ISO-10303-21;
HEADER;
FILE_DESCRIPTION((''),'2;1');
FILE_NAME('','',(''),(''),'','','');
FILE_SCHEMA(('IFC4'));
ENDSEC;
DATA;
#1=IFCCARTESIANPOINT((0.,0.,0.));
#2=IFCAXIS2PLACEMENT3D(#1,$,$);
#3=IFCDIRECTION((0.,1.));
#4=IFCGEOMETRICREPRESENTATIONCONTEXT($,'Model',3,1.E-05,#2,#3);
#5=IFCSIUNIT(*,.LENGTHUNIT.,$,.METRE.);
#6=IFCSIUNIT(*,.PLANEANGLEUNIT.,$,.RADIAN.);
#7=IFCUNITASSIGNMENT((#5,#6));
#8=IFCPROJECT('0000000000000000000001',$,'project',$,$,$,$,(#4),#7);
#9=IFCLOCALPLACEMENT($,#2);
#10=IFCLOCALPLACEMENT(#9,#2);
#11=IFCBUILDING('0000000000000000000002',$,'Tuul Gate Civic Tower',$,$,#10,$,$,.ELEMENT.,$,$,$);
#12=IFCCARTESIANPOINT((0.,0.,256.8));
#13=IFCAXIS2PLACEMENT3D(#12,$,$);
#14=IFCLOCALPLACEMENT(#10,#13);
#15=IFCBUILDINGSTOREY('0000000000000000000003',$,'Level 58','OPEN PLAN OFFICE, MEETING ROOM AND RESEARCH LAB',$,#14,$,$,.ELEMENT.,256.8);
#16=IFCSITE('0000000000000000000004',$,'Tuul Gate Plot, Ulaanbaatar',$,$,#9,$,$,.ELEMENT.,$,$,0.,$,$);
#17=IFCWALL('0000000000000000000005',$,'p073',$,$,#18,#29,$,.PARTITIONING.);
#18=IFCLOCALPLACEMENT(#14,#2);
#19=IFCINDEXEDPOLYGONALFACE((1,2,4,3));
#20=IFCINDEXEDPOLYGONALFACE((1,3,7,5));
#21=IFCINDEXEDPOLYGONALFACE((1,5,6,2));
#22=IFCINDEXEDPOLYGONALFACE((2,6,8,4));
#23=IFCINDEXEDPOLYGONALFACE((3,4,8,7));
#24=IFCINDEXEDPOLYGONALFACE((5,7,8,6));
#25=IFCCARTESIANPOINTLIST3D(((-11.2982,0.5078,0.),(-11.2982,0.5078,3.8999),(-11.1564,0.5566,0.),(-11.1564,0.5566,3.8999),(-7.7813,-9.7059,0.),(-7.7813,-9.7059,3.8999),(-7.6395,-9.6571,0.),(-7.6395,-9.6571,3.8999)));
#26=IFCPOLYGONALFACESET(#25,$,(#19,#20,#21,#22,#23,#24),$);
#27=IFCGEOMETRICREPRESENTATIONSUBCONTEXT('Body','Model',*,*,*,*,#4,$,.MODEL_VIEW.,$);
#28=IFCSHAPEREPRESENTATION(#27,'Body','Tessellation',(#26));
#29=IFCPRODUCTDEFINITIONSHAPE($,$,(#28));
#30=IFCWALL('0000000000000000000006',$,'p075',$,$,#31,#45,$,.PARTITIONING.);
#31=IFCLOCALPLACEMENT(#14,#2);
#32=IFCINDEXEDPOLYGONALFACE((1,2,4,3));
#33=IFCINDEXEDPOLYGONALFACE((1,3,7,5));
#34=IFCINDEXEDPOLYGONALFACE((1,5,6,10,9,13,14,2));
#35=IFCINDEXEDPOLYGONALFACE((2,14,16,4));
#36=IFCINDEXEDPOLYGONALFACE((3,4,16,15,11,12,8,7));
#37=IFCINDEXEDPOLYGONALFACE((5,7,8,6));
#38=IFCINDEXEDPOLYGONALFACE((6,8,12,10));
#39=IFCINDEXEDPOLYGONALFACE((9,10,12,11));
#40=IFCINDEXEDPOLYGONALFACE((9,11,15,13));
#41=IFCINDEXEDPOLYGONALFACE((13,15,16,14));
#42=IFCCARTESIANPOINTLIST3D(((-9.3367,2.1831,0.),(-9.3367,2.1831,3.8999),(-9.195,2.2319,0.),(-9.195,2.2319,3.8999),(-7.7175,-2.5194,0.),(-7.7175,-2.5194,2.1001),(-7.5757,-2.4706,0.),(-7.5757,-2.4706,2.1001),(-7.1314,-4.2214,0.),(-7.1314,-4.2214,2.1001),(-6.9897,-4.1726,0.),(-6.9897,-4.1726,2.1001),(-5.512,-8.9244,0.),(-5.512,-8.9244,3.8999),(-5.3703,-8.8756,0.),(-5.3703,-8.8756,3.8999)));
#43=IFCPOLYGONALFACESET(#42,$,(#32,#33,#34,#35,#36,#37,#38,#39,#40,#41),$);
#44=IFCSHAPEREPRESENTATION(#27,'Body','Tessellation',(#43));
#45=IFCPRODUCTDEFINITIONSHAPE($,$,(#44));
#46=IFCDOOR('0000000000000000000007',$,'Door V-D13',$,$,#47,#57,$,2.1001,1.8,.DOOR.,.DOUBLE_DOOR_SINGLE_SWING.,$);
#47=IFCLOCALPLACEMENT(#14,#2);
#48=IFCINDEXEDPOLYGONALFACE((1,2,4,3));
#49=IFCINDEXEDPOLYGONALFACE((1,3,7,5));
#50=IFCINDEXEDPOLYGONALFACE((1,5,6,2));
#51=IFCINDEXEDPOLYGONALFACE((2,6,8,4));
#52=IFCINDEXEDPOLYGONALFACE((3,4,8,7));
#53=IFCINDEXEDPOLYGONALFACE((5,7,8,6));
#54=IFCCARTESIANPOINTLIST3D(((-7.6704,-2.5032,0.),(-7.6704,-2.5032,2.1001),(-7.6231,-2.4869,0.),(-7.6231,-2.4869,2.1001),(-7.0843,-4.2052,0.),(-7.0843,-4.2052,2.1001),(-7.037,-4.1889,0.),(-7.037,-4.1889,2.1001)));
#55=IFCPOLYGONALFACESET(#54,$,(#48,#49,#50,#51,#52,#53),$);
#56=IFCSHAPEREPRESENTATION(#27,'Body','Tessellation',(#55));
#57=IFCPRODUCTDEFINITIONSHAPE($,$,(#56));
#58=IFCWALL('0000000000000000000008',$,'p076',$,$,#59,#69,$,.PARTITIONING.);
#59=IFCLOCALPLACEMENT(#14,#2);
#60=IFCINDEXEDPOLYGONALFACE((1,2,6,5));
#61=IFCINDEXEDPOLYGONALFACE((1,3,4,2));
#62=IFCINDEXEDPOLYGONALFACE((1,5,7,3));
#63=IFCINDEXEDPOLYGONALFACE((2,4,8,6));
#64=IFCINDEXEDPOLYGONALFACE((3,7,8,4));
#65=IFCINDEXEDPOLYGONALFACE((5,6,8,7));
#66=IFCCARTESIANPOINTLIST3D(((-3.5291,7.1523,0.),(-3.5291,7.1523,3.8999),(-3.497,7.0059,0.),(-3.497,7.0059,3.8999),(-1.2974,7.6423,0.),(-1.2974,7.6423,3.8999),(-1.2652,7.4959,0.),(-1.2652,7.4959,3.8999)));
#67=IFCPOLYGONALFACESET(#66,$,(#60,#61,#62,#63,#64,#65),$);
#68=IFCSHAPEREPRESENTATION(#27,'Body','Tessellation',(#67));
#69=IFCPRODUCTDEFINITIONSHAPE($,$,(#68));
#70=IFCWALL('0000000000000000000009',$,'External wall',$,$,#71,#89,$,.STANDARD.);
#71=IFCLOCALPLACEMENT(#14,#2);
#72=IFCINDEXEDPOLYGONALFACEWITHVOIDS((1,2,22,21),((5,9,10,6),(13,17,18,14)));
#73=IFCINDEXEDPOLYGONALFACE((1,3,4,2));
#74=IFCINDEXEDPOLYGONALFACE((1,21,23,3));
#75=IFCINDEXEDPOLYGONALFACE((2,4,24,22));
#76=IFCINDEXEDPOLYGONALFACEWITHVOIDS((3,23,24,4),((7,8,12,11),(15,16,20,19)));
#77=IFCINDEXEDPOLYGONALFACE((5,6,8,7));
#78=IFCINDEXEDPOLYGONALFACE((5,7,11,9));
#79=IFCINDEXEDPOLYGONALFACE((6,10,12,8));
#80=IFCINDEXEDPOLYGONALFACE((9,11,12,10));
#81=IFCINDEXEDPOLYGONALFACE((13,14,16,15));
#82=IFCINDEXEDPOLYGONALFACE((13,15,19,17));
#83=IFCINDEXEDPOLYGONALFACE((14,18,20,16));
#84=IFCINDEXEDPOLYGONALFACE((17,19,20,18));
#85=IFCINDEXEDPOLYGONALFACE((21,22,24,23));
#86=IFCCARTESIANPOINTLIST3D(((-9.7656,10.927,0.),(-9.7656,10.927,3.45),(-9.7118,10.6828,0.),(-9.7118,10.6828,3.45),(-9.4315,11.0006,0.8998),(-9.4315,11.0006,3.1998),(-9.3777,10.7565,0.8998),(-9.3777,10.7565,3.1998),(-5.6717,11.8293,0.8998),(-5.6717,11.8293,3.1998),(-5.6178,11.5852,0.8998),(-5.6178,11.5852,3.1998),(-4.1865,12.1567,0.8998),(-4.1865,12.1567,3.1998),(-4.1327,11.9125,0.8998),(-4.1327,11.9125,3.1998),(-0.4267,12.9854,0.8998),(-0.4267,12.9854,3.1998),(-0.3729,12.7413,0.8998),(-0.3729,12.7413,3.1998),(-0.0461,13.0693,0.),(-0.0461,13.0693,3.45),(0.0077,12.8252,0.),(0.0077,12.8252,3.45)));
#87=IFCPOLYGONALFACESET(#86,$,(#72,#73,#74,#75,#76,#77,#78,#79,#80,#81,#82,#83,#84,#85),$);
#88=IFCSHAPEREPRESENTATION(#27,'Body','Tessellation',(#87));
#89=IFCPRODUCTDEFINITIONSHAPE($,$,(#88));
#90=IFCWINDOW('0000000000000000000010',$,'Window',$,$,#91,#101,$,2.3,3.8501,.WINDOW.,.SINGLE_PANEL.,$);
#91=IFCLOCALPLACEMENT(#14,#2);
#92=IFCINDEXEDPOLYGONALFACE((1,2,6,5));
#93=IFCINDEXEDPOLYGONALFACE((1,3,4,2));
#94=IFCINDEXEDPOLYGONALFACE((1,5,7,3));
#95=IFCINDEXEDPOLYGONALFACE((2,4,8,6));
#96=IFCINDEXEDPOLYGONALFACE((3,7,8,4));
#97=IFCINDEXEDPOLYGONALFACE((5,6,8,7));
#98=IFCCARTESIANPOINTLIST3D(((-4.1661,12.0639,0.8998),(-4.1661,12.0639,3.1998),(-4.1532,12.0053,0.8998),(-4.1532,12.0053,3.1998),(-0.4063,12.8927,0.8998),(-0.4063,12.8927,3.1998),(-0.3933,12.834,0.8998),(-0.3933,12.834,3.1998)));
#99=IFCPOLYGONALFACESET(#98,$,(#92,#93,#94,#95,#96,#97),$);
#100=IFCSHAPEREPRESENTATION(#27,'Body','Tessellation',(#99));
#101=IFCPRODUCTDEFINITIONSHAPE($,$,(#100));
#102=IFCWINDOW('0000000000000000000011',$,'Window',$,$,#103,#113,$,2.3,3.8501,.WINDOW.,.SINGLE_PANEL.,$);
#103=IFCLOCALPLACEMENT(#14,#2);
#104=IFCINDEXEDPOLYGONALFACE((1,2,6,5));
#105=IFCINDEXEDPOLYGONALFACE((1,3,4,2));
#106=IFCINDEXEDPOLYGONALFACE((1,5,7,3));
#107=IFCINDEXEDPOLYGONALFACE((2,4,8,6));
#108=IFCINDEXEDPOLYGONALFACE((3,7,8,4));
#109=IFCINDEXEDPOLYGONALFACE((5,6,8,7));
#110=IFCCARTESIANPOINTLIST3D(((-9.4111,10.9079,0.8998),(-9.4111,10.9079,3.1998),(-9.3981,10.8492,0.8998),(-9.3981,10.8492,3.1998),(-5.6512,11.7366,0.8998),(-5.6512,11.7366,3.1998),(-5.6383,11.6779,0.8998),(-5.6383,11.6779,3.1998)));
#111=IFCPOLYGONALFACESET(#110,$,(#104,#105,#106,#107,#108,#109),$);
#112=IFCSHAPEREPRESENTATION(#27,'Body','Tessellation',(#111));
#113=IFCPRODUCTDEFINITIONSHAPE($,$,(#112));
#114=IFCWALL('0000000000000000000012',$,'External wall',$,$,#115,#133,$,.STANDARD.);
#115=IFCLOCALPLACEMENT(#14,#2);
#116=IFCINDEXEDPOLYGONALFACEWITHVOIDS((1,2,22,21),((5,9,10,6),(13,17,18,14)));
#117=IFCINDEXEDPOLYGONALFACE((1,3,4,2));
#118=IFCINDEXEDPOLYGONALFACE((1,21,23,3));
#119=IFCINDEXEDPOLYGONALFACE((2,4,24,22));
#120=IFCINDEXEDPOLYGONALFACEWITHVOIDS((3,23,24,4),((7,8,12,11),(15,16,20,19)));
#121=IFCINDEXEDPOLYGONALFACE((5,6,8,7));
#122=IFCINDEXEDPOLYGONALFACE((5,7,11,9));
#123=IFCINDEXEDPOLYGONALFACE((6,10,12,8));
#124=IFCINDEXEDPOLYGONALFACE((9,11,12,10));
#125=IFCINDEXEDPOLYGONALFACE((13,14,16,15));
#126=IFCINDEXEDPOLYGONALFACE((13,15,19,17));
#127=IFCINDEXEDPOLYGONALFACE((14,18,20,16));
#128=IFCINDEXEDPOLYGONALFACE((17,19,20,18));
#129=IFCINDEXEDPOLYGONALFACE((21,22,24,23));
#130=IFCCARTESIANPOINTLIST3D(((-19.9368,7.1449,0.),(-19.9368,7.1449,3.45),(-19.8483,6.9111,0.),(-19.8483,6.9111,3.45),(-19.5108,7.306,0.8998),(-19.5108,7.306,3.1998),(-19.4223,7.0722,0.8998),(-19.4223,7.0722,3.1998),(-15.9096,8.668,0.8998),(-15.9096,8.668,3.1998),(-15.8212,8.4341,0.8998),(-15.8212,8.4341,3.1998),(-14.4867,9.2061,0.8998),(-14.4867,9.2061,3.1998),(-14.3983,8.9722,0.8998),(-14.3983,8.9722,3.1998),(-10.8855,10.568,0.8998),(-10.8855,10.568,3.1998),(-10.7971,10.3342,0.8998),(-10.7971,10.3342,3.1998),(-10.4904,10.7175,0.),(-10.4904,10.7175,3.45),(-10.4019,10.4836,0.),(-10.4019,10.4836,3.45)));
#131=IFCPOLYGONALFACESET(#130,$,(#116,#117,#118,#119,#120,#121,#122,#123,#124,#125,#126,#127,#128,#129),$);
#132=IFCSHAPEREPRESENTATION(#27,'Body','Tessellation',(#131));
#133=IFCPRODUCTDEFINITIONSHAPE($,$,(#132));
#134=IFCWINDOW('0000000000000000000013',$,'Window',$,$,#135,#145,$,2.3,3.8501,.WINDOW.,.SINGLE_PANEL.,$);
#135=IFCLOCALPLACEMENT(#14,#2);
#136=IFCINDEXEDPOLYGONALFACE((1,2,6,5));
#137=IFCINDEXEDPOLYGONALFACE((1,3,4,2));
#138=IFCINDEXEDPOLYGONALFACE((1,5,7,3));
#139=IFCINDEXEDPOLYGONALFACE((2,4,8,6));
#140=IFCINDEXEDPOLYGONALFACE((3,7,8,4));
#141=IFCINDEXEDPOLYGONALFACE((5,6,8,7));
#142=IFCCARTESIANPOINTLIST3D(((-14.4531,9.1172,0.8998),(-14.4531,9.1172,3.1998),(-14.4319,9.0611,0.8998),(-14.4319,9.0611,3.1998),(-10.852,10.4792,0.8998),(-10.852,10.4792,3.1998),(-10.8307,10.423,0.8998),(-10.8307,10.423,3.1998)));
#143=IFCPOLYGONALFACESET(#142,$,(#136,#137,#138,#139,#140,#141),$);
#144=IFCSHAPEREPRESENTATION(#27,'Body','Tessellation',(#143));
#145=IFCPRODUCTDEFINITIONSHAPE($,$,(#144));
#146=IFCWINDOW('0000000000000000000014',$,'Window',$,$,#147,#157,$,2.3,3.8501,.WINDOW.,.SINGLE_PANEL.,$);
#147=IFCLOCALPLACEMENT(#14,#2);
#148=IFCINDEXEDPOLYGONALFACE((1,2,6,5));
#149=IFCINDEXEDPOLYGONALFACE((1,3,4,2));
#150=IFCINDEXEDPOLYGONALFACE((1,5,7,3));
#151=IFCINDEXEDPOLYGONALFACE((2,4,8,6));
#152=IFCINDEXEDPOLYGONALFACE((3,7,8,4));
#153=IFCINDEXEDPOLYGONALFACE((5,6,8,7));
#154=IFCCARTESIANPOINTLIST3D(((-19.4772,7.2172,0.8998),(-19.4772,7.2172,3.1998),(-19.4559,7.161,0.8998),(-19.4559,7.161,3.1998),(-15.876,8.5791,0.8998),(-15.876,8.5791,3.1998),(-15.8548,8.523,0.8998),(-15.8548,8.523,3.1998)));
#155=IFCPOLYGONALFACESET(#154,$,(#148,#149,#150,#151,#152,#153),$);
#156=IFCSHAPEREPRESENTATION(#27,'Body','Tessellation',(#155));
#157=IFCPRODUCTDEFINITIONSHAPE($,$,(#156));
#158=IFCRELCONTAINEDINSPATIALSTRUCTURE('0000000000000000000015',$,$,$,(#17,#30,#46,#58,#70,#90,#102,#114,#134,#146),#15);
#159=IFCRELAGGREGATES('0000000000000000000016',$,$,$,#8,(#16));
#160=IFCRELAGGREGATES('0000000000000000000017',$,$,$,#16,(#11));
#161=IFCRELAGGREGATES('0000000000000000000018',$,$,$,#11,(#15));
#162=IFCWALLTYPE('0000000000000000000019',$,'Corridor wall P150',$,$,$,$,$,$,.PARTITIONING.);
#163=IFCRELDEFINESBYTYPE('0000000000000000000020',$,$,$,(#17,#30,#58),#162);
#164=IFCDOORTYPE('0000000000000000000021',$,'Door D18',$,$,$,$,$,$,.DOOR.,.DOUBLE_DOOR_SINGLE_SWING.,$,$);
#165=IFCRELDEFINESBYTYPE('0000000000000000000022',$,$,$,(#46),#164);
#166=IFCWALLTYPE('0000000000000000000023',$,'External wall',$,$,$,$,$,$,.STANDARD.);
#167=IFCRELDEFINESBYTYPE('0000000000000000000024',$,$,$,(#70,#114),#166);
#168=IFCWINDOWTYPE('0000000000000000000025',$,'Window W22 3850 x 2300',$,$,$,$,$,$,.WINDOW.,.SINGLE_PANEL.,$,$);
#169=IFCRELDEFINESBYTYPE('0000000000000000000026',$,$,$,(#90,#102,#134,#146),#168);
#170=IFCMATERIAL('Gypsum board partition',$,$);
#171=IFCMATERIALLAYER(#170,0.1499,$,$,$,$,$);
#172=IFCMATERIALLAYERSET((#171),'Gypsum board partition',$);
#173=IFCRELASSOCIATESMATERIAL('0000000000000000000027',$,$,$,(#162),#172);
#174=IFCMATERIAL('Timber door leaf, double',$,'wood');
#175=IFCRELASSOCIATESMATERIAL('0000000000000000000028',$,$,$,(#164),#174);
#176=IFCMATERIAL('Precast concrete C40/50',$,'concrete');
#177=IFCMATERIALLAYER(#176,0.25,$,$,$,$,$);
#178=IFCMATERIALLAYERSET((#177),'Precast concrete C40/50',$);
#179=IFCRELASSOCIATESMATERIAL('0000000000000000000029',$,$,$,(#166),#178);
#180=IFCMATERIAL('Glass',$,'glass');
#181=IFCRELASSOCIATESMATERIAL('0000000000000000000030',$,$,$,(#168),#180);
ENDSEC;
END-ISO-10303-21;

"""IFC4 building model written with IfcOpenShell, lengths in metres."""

from ifc_helpers import new_model, si_unit, direction, frame, frame_2d, origin, place, context, subcontext, project, spatial, rectangle, extrude, material, layer, layer_set, type_object, element, fill, save


model = new_model("IFC4")

# Units and contexts
model_context = context("Model", 3, precision=1e-05, world=origin(), true_north=direction((0.0, 1.0)))
body_context = subcontext(model_context, "Body", "Model", "MODEL_VIEW")
ifc_project = project(units=[si_unit("LENGTHUNIT", "METRE"), si_unit("PLANEANGLEUNIT", "RADIAN")], contexts=[model_context])

# Site, building, storey
site_placement = place(None, origin())
site = spatial("IfcSite", under=ifc_project, at=site_placement, Name="Tuul Gate Plot, Ulaanbaatar", CompositionType="ELEMENT", RefElevation=0.0)
building_placement = place(site_placement, origin())
building = spatial("IfcBuilding", under=site, at=building_placement, Name="Tuul Gate Civic Tower", CompositionType="ELEMENT")
storey_placement = place(building_placement, frame((0.0, 0.0, 256.8)))
storey = spatial("IfcBuildingStorey", under=building, at=storey_placement, Name="Level 58", Description="OPEN PLAN OFFICE, MEETING ROOM AND RESEARCH LAB", CompositionType="ELEMENT", Elevation=256.8)

# Wall
ifc_material_1 = material(Name="Gypsum board partition")
ifc_layer_1 = layer(ifc_material_1, 0.1499)
ifc_layer_set_1 = layer_set([ifc_layer_1], Name="Gypsum board partition")
wall_type_1 = type_object("IfcWallType", Name="Corridor wall P150", PredefinedType="PARTITIONING", material=ifc_layer_set_1)
wall_1_placement = place(storey_placement, frame((-11.2273, 0.5322, 0.0), z_axis=(0.0, 0.0, 1.0), x_axis=(0.325569, -0.945518, 0.0)))
element("IfcWall", 1, at=wall_1_placement, inside=storey, type_object=wall_type_1, Name="p073", PredefinedType="PARTITIONING", context=body_context, shape_type="SweptSolid", body=[
    extrude(rectangle(XDim=10.8022, YDim=0.1499, at=frame_2d((5.4011, 0.0))), origin(), (0.0, 0.0, 1.0), 3.8999),
])

# Wall, opening, door
wall_2_placement = place(storey_placement, frame((-9.2659, 2.2075, 0.0), z_axis=(0.0, 0.0, 1.0), x_axis=(0.325577, -0.945516, 0.0)))
wall_2 = element("IfcWall", 2, at=wall_2_placement, inside=storey, type_object=wall_type_1, Name="p075", PredefinedType="PARTITIONING", context=body_context, shape_type="SweptSolid", body=[
    extrude(rectangle(XDim=11.7476, YDim=0.1499, at=frame_2d((5.8738, 0.0))), origin(), (0.0, 0.0, 1.0), 3.8999),
])
opening_1_placement = place(wall_2_placement, frame((4.9736, 0.0, 0.0)))
opening_1 = element("IfcOpeningElement", 3, at=opening_1_placement, cuts=wall_2, PredefinedType="OPENING", context=body_context, shape_type="SweptSolid", body=[
    extrude(rectangle(XDim=1.8, YDim=2.1001, at=frame_2d((0.8999, 1.05))), frame((0.0, 0.085, 0.0), z_axis=(0.0, -1.0, 0.0), x_axis=(1.0, 0.0, 0.0)), (0.0, 0.0, 1.0), 0.1699),
])
ifc_material_2 = material(Name="Timber door leaf, double", Category="wood")
door_type = type_object("IfcDoorType", Name="Door D18", OperationType="DOUBLE_DOOR_SINGLE_SWING", PredefinedType="DOOR", material=ifc_material_2)
door_placement = place(opening_1_placement, origin())
door = element("IfcDoor", 4, at=door_placement, inside=storey, type_object=door_type, Name="Door V-D13", OperationType="DOUBLE_DOOR_SINGLE_SWING", OverallHeight=2.1001, OverallWidth=1.8, PredefinedType="DOOR", context=body_context, shape_type="SweptSolid", body=[
    extrude(rectangle(XDim=1.8, YDim=2.1001, at=frame_2d((0.8999, 1.05))), frame((0.0, 0.0249, 0.0), z_axis=(0.0, -1.0, 0.0), x_axis=(1.0, 0.0, 0.0)), (0.0, 0.0, 1.0), 0.05),
])
fill(opening_1, door)

# Wall
wall_3_placement = place(storey_placement, frame((-3.5132, 7.0791, 0.0), z_axis=(0.0, 0.0, 1.0), x_axis=(0.976735, 0.214452, 0.0)))
element("IfcWall", 5, at=wall_3_placement, inside=storey, type_object=wall_type_1, Name="p076", PredefinedType="PARTITIONING", context=body_context, shape_type="SweptSolid", body=[
    extrude(rectangle(XDim=2.2849, YDim=0.1499, at=frame_2d((1.1426, 0.0))), origin(), (0.0, 0.0, 1.0), 3.8999),
])

# Walls, openings, windows
ifc_material_3 = material(Name="Precast concrete C40/50", Category="concrete")
ifc_layer_2 = layer(ifc_material_3, 0.25)
ifc_layer_set_2 = layer_set([ifc_layer_2], Name="Precast concrete C40/50")
wall_type_2 = type_object("IfcWallType", Name="External wall", PredefinedType="STANDARD", material=ifc_layer_set_2)
wall_4_placement = place(storey_placement, frame((-0.019, 12.9473, 0.0), z_axis=(0.0, 0.0, 1.0), x_axis=(-0.976559, -0.21525, 0.0)))
wall_4 = element("IfcWall", 6, at=wall_4_placement, inside=storey, type_object=wall_type_2, Name="External wall", PredefinedType="STANDARD", context=body_context, shape_type="SweptSolid", body=[
    extrude(rectangle(XDim=9.9529, YDim=0.25, at=frame_2d((4.9766, 0.0))), origin(), (0.0, 0.0, 1.0), 3.45),
])
opening_2_placement = place(wall_4_placement, frame((0.3899, 0.0, 0.8999)))
opening_2 = element("IfcOpeningElement", 7, at=opening_2_placement, cuts=wall_4, PredefinedType="OPENING", context=body_context, shape_type="SweptSolid", body=[
    extrude(rectangle(XDim=3.8501, YDim=2.3, at=frame_2d((1.925, 1.1499))), frame((0.0, 0.135, 0.0), z_axis=(0.0, -1.0, 0.0), x_axis=(1.0, 0.0, 0.0)), (0.0, 0.0, 1.0), 0.27),
])
opening_3_placement = place(wall_4_placement, frame((5.7607, 0.0, 0.8999)))
opening_3 = element("IfcOpeningElement", 8, at=opening_3_placement, cuts=wall_4, PredefinedType="OPENING", context=body_context, shape_type="SweptSolid", body=[
    extrude(rectangle(XDim=3.8501, YDim=2.3, at=frame_2d((1.925, 1.1499))), frame((0.0, 0.135, 0.0), z_axis=(0.0, -1.0, 0.0), x_axis=(1.0, 0.0, 0.0)), (0.0, 0.0, 1.0), 0.27),
])
ifc_material_4 = material(Name="Glass", Category="glass")
window_type_1 = type_object("IfcWindowType", Name="Window W22 3850 x 2300", PartitioningType="SINGLE_PANEL", PredefinedType="WINDOW", material=ifc_material_4)
window_1_placement = place(opening_2_placement, origin())
window_1 = element("IfcWindow", 9, at=window_1_placement, inside=storey, type_object=window_type_1, Name="Window", OverallHeight=2.3, OverallWidth=3.8501, PartitioningType="SINGLE_PANEL", PredefinedType="WINDOW", context=body_context, shape_type="SweptSolid", body=[
    extrude(rectangle(XDim=3.8501, YDim=2.3, at=frame_2d((1.925, 1.1499))), frame((0.0, 0.03, 0.0), z_axis=(0.0, -1.0, 0.0), x_axis=(1.0, 0.0, 0.0)), (0.0, 0.0, 1.0), 0.0601),
])
fill(opening_2, window_1)
window_2_placement = place(opening_3_placement, origin())
window_2 = element("IfcWindow", 10, at=window_2_placement, inside=storey, type_object=window_type_1, Name="Window", OverallHeight=2.3, OverallWidth=3.8501, PartitioningType="SINGLE_PANEL", PredefinedType="WINDOW", context=body_context, shape_type="SweptSolid", body=[
    extrude(rectangle(XDim=3.8501, YDim=2.3, at=frame_2d((1.925, 1.1499))), frame((0.0, 0.03, 0.0), z_axis=(0.0, -1.0, 0.0), x_axis=(1.0, 0.0, 0.0)), (0.0, 0.0, 1.0), 0.0601),
])
fill(opening_3, window_2)
wall_5_placement = place(storey_placement, frame((-10.446, 10.6006, 0.0), z_axis=(0.0, 0.0, 1.0), x_axis=(-0.935344, -0.353739, 0.0)))
wall_5 = element("IfcWall", 11, at=wall_5_placement, inside=storey, type_object=wall_type_2, Name="External wall", PredefinedType="STANDARD", context=body_context, shape_type="SweptSolid", body=[
    extrude(rectangle(XDim=10.0994, YDim=0.25, at=frame_2d((5.0498, 0.0))), origin(), (0.0, 0.0, 1.0), 3.45),
])
opening_4_placement = place(wall_5_placement, frame((0.4226, 0.0, 0.8999)))
opening_4 = element("IfcOpeningElement", 12, at=opening_4_placement, cuts=wall_5, PredefinedType="OPENING", context=body_context, shape_type="SweptSolid", body=[
    extrude(rectangle(XDim=3.8501, YDim=2.3, at=frame_2d((1.925, 1.1499))), frame((0.0, 0.135, 0.0), z_axis=(0.0, -1.0, 0.0), x_axis=(1.0, 0.0, 0.0)), (0.0, 0.0, 1.0), 0.27),
])
opening_5_placement = place(wall_5_placement, frame((5.7939, 0.0, 0.8999)))
opening_5 = element("IfcOpeningElement", 13, at=opening_5_placement, cuts=wall_5, PredefinedType="OPENING", context=body_context, shape_type="SweptSolid", body=[
    extrude(rectangle(XDim=3.8501, YDim=2.3, at=frame_2d((1.925, 1.1499))), frame((0.0, 0.135, 0.0), z_axis=(0.0, -1.0, 0.0), x_axis=(1.0, 0.0, 0.0)), (0.0, 0.0, 1.0), 0.27),
])
window_3_placement = place(opening_4_placement, origin())
window_3 = element("IfcWindow", 14, at=window_3_placement, inside=storey, type_object=window_type_1, Name="Window", OverallHeight=2.3, OverallWidth=3.8501, PartitioningType="SINGLE_PANEL", PredefinedType="WINDOW", context=body_context, shape_type="SweptSolid", body=[
    extrude(rectangle(XDim=3.8501, YDim=2.3, at=frame_2d((1.925, 1.1499))), frame((0.0, 0.03, 0.0), z_axis=(0.0, -1.0, 0.0), x_axis=(1.0, 0.0, 0.0)), (0.0, 0.0, 1.0), 0.0601),
])
fill(opening_4, window_3)
window_4_placement = place(opening_5_placement, origin())
window_4 = element("IfcWindow", 15, at=window_4_placement, inside=storey, type_object=window_type_1, Name="Window", OverallHeight=2.3, OverallWidth=3.8501, PartitioningType="SINGLE_PANEL", PredefinedType="WINDOW", context=body_context, shape_type="SweptSolid", body=[
    extrude(rectangle(XDim=3.8501, YDim=2.3, at=frame_2d((1.925, 1.1499))), frame((0.0, 0.03, 0.0), z_axis=(0.0, -1.0, 0.0), x_axis=(1.0, 0.0, 0.0)), (0.0, 0.0, 1.0), 0.0601),
])
fill(opening_5, window_4)

save(model, "model.ifc")
